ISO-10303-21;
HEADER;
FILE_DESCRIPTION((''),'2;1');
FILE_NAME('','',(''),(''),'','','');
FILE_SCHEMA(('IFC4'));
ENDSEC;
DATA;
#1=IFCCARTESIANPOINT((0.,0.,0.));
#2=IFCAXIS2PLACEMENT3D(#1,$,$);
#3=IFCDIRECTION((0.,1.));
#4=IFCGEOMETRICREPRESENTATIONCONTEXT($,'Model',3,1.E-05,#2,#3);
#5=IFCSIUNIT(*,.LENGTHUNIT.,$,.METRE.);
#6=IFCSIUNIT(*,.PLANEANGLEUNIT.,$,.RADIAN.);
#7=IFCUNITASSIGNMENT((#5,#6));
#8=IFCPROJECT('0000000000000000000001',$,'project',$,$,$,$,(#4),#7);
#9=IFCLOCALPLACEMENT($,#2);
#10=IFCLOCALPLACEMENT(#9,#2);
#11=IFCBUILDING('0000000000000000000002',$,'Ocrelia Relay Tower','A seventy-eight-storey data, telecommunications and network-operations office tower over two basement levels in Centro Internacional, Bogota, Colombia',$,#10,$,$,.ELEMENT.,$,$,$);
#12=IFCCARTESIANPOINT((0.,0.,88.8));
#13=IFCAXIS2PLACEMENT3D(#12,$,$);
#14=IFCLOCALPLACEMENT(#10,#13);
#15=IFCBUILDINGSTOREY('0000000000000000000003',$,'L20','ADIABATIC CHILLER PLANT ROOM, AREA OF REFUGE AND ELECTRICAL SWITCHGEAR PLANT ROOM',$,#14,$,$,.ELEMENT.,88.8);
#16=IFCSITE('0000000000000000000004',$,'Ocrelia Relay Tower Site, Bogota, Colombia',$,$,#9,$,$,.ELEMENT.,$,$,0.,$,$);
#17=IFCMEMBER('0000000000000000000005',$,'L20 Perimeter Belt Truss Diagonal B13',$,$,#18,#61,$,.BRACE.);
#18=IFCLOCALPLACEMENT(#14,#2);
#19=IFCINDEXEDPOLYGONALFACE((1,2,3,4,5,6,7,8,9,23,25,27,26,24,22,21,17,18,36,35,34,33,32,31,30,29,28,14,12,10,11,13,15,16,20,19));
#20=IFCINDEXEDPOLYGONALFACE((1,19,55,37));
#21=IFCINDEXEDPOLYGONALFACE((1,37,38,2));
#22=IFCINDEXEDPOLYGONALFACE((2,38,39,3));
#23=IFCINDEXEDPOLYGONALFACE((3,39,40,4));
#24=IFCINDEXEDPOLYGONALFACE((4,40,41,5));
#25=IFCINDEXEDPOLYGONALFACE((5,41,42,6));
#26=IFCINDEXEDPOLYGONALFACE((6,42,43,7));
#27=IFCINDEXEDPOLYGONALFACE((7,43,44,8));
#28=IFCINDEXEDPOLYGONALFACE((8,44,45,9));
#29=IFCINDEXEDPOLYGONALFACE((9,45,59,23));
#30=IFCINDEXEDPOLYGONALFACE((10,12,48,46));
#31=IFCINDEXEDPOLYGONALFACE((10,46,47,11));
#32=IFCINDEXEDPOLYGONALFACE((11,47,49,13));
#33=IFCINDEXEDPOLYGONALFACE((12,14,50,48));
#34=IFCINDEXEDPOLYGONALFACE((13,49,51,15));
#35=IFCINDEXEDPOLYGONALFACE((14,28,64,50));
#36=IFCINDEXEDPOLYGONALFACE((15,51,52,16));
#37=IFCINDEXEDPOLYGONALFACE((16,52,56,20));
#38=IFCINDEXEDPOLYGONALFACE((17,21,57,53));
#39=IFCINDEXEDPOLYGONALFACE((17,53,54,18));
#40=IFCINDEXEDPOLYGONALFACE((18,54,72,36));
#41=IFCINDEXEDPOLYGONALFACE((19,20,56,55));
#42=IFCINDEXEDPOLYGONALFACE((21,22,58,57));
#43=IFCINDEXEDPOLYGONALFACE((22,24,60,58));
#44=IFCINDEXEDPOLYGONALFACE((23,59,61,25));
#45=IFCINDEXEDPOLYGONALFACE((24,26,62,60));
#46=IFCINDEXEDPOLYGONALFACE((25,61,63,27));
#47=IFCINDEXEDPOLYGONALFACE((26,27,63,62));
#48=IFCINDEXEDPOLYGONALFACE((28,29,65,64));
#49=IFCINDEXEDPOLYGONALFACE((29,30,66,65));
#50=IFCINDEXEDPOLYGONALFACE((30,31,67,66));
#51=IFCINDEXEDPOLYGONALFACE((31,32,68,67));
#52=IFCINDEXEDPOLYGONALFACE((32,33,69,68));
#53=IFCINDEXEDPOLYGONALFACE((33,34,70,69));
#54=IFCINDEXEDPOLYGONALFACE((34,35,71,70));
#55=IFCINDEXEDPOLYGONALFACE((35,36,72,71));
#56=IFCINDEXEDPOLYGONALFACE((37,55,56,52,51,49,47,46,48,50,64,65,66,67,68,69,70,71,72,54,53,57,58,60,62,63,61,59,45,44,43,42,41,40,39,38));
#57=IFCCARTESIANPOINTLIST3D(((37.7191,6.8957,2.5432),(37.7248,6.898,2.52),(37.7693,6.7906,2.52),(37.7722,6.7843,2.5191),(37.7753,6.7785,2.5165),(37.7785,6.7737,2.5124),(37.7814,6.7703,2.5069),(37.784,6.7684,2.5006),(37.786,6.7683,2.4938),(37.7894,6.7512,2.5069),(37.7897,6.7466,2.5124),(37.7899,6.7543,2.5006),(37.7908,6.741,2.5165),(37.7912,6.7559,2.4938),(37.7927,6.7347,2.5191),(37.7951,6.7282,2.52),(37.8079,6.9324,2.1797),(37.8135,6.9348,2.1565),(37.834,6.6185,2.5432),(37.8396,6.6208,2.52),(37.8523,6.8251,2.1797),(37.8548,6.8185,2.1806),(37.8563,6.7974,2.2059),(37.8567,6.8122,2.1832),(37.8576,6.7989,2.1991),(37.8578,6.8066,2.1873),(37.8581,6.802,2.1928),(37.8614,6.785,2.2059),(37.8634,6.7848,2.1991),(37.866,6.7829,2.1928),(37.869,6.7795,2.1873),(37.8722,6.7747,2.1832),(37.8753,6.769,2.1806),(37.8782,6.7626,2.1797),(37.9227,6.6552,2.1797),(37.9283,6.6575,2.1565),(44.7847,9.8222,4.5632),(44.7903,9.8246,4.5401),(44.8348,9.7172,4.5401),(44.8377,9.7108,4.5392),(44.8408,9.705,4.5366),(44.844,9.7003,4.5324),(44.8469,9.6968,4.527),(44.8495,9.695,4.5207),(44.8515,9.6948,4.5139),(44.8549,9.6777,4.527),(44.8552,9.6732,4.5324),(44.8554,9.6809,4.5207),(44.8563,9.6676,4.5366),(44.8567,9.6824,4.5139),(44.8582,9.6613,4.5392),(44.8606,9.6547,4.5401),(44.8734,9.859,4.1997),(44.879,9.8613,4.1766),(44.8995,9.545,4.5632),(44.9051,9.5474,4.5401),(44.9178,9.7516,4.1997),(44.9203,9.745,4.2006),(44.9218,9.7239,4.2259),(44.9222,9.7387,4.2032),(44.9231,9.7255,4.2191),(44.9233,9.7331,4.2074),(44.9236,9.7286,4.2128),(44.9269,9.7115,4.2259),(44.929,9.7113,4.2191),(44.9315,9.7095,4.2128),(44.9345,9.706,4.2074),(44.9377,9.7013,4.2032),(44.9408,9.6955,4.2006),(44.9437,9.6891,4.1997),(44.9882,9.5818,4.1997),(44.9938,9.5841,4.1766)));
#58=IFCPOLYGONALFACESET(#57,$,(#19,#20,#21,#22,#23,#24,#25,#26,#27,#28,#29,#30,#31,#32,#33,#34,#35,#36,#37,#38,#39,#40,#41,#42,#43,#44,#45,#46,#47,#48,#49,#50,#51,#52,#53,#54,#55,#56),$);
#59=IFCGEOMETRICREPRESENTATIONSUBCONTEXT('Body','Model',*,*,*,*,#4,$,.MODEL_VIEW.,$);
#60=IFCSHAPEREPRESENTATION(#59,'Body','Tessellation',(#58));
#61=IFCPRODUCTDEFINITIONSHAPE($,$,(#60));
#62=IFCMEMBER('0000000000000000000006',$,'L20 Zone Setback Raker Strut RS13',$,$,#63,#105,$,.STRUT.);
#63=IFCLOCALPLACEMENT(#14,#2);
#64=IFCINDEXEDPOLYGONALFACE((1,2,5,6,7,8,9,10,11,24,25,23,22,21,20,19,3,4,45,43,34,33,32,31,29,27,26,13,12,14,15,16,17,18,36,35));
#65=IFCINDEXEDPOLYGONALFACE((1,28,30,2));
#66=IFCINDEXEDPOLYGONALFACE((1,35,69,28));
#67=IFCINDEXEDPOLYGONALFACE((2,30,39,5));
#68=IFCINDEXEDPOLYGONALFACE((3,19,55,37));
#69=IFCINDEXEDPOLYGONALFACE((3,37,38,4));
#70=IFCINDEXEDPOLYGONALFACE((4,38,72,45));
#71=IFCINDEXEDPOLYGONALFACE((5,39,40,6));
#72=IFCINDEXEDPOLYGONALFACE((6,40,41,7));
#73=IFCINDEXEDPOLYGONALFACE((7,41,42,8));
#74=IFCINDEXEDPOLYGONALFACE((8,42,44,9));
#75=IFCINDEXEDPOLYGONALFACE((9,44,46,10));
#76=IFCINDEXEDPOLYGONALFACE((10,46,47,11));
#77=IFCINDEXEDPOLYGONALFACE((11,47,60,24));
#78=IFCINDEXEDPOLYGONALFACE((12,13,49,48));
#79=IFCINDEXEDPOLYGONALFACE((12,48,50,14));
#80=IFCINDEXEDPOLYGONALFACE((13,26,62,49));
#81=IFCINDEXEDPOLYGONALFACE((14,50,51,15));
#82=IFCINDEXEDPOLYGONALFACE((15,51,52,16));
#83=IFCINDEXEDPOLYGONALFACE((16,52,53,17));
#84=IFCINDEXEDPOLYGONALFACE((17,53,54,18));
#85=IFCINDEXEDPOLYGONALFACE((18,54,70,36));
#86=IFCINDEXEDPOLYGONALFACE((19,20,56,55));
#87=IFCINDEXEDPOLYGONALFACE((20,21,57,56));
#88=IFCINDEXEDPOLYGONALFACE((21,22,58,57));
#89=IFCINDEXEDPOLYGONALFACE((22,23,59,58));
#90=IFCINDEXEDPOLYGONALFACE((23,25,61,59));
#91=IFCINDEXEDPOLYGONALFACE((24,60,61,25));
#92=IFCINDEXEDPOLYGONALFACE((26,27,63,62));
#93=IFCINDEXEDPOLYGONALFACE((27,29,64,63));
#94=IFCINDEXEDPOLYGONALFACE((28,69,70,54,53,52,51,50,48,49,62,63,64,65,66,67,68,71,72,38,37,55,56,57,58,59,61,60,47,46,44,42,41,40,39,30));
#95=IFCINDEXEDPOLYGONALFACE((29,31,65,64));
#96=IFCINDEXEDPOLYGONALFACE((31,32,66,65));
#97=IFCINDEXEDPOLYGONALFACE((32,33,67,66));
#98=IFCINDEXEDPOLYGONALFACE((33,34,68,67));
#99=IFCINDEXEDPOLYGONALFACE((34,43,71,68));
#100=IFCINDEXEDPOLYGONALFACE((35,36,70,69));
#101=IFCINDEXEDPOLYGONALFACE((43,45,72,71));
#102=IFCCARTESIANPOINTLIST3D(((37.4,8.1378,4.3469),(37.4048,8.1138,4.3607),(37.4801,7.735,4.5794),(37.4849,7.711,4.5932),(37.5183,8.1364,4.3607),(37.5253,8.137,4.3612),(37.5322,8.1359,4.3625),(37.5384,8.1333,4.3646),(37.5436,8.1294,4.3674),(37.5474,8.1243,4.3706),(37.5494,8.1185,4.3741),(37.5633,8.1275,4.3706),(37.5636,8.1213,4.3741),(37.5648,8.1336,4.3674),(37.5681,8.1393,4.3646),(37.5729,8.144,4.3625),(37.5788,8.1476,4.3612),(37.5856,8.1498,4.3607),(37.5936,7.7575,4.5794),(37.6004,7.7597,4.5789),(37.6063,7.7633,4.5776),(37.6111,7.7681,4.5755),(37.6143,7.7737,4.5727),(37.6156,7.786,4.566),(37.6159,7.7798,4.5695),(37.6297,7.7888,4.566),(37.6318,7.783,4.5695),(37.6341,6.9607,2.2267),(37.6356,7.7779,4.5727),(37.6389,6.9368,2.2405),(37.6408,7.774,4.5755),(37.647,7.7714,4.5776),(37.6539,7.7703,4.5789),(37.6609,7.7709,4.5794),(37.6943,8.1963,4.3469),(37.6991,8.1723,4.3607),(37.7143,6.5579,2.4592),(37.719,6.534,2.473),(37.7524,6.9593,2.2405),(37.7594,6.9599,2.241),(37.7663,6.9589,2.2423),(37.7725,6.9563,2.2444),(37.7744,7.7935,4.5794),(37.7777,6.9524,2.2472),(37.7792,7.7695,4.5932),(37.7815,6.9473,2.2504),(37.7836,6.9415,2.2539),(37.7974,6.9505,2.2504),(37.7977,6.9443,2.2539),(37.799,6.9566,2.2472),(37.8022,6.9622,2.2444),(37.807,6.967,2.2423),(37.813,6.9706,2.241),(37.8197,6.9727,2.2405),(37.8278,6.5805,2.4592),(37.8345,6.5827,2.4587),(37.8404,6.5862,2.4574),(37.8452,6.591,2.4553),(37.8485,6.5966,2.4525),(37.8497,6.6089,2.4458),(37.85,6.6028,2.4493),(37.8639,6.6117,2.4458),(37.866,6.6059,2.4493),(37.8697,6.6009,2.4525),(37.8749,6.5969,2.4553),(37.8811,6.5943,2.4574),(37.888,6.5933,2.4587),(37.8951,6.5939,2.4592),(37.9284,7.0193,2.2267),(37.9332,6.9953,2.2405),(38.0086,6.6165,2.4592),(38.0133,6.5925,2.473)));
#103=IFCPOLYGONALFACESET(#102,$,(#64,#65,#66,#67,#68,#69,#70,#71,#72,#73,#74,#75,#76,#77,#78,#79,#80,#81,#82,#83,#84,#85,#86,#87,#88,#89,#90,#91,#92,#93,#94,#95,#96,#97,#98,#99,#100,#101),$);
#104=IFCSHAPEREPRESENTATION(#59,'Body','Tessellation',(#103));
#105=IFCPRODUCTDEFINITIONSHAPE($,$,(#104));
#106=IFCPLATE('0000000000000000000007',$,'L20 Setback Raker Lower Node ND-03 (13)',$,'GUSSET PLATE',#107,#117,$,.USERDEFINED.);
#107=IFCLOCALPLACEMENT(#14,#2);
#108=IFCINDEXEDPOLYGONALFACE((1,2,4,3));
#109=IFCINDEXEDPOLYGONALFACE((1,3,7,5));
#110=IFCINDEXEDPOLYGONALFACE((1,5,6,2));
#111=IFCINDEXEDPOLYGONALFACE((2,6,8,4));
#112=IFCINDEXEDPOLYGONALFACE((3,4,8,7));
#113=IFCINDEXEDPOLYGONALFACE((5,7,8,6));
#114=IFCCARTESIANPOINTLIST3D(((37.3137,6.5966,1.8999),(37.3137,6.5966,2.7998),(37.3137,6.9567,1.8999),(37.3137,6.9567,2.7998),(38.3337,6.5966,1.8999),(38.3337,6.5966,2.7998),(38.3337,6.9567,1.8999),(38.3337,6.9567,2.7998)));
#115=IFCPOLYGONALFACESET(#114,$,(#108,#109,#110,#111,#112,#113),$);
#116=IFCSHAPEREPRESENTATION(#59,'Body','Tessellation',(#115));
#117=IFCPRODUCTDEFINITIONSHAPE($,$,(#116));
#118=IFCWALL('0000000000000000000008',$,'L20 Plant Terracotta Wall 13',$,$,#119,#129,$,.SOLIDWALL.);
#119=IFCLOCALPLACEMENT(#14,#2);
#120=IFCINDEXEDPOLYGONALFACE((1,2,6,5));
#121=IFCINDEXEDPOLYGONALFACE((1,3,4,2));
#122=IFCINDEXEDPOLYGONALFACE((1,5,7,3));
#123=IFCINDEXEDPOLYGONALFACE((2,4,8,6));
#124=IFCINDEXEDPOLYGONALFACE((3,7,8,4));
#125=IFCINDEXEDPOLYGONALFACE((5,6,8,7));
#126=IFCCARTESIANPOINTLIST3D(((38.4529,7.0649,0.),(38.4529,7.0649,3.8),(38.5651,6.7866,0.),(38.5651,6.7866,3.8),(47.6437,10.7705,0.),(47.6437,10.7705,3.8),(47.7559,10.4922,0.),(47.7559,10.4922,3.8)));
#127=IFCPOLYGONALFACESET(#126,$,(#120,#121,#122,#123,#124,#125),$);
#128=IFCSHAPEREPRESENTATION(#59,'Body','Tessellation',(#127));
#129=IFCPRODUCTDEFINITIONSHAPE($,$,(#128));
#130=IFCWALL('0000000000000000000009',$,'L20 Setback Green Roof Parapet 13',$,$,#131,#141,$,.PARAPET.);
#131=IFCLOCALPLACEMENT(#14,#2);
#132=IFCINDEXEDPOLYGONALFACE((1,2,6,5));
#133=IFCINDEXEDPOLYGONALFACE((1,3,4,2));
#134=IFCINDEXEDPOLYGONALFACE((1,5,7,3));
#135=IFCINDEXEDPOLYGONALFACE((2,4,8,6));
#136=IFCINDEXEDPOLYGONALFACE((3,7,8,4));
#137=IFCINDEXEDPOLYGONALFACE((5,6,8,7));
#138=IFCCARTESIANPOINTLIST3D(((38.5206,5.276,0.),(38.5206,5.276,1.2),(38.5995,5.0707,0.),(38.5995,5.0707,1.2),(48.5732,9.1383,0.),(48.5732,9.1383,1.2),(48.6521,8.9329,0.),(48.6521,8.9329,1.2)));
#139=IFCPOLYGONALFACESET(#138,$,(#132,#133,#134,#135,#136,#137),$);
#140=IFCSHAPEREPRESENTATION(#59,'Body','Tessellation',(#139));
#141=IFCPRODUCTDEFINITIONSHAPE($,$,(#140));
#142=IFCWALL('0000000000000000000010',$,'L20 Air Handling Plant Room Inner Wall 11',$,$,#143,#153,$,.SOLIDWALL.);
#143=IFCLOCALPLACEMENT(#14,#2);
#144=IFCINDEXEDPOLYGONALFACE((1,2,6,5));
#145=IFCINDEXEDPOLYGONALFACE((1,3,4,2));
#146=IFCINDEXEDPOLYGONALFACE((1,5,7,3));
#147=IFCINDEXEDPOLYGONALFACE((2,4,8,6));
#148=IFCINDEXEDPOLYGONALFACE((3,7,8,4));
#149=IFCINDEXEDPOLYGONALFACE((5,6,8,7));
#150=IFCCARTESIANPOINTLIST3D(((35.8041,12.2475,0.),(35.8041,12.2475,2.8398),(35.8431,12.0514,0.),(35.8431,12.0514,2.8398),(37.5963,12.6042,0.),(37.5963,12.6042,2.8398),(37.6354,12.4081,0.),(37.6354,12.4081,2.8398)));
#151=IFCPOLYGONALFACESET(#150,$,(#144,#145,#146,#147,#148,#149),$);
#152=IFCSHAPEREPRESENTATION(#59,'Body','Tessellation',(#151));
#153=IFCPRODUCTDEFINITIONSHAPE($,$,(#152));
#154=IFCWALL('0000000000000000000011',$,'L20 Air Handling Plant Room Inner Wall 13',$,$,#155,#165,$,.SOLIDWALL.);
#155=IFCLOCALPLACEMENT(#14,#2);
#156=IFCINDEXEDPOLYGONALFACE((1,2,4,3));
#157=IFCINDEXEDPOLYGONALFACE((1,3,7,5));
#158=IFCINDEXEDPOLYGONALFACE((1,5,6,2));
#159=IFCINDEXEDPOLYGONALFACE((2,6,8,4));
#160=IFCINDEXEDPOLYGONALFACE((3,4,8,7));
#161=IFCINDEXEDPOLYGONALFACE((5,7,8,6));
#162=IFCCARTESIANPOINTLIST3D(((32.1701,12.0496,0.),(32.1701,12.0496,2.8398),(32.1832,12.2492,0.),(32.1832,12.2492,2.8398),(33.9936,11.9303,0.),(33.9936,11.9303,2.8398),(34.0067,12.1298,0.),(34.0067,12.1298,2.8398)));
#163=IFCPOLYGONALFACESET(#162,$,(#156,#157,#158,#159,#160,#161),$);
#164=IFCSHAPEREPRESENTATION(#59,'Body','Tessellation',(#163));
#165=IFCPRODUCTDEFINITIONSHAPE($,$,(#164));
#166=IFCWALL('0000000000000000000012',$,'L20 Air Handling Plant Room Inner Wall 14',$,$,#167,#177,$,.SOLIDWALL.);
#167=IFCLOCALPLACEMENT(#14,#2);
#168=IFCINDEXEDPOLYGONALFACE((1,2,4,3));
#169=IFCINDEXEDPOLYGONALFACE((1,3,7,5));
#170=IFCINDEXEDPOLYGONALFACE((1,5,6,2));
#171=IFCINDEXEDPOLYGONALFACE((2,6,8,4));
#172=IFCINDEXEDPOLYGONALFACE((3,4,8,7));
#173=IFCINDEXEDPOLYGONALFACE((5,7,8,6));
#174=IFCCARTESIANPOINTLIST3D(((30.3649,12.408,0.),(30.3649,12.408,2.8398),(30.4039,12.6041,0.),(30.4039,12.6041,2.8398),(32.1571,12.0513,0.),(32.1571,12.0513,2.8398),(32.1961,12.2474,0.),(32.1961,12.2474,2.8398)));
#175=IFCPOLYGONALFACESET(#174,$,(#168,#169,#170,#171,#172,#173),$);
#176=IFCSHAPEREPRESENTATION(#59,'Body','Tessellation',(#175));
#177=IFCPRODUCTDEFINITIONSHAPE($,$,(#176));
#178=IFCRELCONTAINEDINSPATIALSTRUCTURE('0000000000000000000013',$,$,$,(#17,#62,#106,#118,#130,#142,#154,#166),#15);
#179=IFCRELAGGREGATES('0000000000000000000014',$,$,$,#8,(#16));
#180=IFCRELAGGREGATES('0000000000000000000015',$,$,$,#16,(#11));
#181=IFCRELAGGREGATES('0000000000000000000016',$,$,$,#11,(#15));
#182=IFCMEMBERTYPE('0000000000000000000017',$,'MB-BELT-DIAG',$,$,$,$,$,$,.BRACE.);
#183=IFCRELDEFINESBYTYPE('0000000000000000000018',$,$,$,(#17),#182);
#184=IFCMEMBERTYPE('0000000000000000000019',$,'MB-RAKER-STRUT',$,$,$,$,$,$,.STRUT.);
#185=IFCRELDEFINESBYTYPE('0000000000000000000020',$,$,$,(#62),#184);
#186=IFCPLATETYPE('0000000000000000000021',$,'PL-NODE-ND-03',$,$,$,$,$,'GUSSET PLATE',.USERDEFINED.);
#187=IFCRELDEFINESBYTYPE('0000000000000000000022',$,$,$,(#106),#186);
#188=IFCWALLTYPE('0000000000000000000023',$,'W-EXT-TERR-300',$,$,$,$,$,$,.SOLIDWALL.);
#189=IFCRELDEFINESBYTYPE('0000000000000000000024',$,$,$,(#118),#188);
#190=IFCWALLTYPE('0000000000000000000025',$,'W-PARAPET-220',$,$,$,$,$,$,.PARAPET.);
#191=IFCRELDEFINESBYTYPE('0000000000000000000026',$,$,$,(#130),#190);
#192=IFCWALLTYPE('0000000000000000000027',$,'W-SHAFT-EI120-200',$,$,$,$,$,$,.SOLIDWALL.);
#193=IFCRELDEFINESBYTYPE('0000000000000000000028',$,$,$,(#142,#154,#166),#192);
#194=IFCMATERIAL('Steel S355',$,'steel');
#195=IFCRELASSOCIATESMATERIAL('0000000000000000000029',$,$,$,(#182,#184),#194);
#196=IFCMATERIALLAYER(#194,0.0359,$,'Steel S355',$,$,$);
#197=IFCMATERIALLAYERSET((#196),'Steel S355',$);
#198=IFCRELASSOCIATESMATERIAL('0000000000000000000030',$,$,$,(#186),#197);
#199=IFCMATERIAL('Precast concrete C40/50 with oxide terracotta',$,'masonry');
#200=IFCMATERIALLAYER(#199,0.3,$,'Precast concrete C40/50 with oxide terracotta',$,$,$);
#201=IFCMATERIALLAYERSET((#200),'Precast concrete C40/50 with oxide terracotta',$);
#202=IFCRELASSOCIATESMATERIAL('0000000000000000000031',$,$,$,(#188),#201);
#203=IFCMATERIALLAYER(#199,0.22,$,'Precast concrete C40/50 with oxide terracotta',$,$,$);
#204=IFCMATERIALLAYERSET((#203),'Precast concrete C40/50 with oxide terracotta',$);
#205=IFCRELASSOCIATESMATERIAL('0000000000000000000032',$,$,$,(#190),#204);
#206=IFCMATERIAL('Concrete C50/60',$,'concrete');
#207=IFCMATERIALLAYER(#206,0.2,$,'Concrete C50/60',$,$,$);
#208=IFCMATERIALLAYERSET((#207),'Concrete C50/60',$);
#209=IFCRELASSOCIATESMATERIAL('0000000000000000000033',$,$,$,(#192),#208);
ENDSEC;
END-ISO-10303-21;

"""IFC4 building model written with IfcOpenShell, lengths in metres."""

from ifc_helpers import new_model, si_unit, direction, frame, frame_2d, origin, origin_2d, place, context, subcontext, project, spatial, rectangle, i_section, extrude, material, layer, layer_set, material_profile, profile_set, type_object, element, save


model = new_model("IFC4")

# Units and contexts
model_context = context("Model", 3, precision=1e-05, world=origin(), true_north=direction((0.0, 1.0)))
body_context = subcontext(model_context, "Body", "Model", "MODEL_VIEW")
ifc_project = project(units=[si_unit("LENGTHUNIT", "METRE"), si_unit("PLANEANGLEUNIT", "RADIAN")], contexts=[model_context])

# Site, building, storey
site_placement = place(None, origin())
site = spatial("IfcSite", under=ifc_project, at=site_placement, Name="Ocrelia Relay Tower Site, Bogota, Colombia", CompositionType="ELEMENT", RefElevation=0.0)
building_placement = place(site_placement, origin())
building = spatial("IfcBuilding", under=site, at=building_placement, Name="Ocrelia Relay Tower", Description="A seventy-eight-storey data, telecommunications and network-operations office tower over two basement levels in Centro Internacional, Bogota, Colombia", CompositionType="ELEMENT")
storey_placement = place(building_placement, frame((0.0, 0.0, 88.8)))
storey = spatial("IfcBuildingStorey", under=building, at=storey_placement, Name="L20", Description="ADIABATIC CHILLER PLANT ROOM, AREA OF REFUGE AND ELECTRICAL SWITCHGEAR PLANT ROOM", CompositionType="ELEMENT", Elevation=88.8)

# Shared definitions
ifc_material_1 = material(Name="Steel S355", Category="steel")

# Members
ifc_material_profile_1 = material_profile(ifc_material_1, i_section(OverallWidth=0.3, OverallDepth=0.3999, WebThickness=0.0134, FlangeThickness=0.0239, FilletRadius=0.0271, at=origin_2d()), Name="HEB 400")
ifc_profile_set_1 = profile_set([ifc_material_profile_1], Name="Steel S355")
member_type_1 = type_object("IfcMemberType", Name="MB-BELT-DIAG", PredefinedType="BRACE", material=ifc_profile_set_1)
member_1_placement = place(storey_placement, frame((37.8237, 6.7766, 2.3499), z_axis=(0.893248, 0.369985, 0.255381), x_axis=(-0.382674, 0.923883, 0.0)))
element("IfcMember", 1, at=member_1_placement, inside=storey, type_object=member_type_1, Name="L20 Perimeter Belt Truss Diagonal B13", PredefinedType="BRACE", context=body_context, shape_type="SweptSolid", body=[
    extrude(i_section(OverallWidth=0.3, OverallDepth=0.3999, WebThickness=0.0134, FlangeThickness=0.0239, FilletRadius=0.0271, at=origin_2d()), origin(), (0.0, 0.0, 1.0), 7.9099),
])
ifc_material_profile_2 = material_profile(ifc_material_1, i_section(OverallWidth=0.3, OverallDepth=0.5, WebThickness=0.0144, FlangeThickness=0.0281, FilletRadius=0.0271, at=origin_2d()), Name="HEB 500")
ifc_profile_set_2 = profile_set([ifc_material_profile_2], Name="Steel S355")
member_type_2 = type_object("IfcMemberType", Name="MB-RAKER-STRUT", PredefinedType="STRUT", material=ifc_profile_set_2)
member_2_placement = place(storey_placement, frame((37.8237, 6.7766, 2.3499), z_axis=(-0.096105, 0.483131, 0.870257), x_axis=(-0.980784, -0.195099, 0.0)))
element("IfcMember", 2, at=member_2_placement, inside=storey, type_object=member_type_2, Name="L20 Zone Setback Raker Strut RS13", PredefinedType="STRUT", context=body_context, shape_type="SweptSolid", body=[
    extrude(i_section(OverallWidth=0.3, OverallDepth=0.5, WebThickness=0.0144, FlangeThickness=0.0281, FilletRadius=0.0271, at=origin_2d()), origin(), (0.0, 0.0, 1.0), 2.4363),
])

# Plate
ifc_layer_1 = layer(ifc_material_1, 0.0359, Name="Steel S355")
ifc_layer_set_1 = layer_set([ifc_layer_1], Name="Steel S355")
plate_type = type_object("IfcPlateType", Name="PL-NODE-ND-03", ElementType="GUSSET PLATE", PredefinedType="USERDEFINED", material=ifc_layer_set_1)
plate_placement = place(storey_placement, frame((37.8237, 6.7766, 1.8999), z_axis=(0.0, 0.0, 1.0), x_axis=(1.0, 0.0, 0.0)))
element("IfcPlate", 3, at=plate_placement, inside=storey, type_object=plate_type, Name="L20 Setback Raker Lower Node ND-03 (13)", ObjectType="GUSSET PLATE", PredefinedType="USERDEFINED", context=body_context, shape_type="SweptSolid", body=[
    extrude(rectangle(XDim=1.02, YDim=0.3601, at=origin_2d()), origin(), (0.0, 0.0, 1.0), 0.8999),
])

# Walls
ifc_material_2 = material(Name="Precast concrete C40/50 with oxide terracotta", Category="masonry")
ifc_layer_2 = layer(ifc_material_2, 0.3, Name="Precast concrete C40/50 with oxide terracotta")
ifc_layer_set_2 = layer_set([ifc_layer_2], Name="Precast concrete C40/50 with oxide terracotta")
wall_type_1 = type_object("IfcWallType", Name="W-EXT-TERR-300", PredefinedType="SOLIDWALL", material=ifc_layer_set_2)
wall_1_placement = place(storey_placement, frame((38.509, 6.9258, 0.0), z_axis=(0.0, 0.0, 1.0), x_axis=(0.927454, 0.373938, 0.0)))
element("IfcWall", 4, at=wall_1_placement, inside=storey, type_object=wall_type_1, Name="L20 Plant Terracotta Wall 13", PredefinedType="SOLIDWALL", context=body_context, shape_type="SweptSolid", body=[
    extrude(rectangle(XDim=9.9097, YDim=0.3, at=frame_2d((4.9548, 0.0))), origin(), (0.0, 0.0, 1.0), 3.8),
])
ifc_layer_3 = layer(ifc_material_2, 0.22, Name="Precast concrete C40/50 with oxide terracotta")
ifc_layer_set_3 = layer_set([ifc_layer_3], Name="Precast concrete C40/50 with oxide terracotta")
wall_type_2 = type_object("IfcWallType", Name="W-PARAPET-220", PredefinedType="PARAPET", material=ifc_layer_set_3)
wall_2_placement = place(storey_placement, frame((38.5601, 5.1733, 0.0), z_axis=(0.0, 0.0, 1.0), x_axis=(0.933474, 0.358645, 0.0)))
element("IfcWall", 5, at=wall_2_placement, inside=storey, type_object=wall_type_2, Name="L20 Setback Green Roof Parapet 13", PredefinedType="PARAPET", context=body_context, shape_type="SweptSolid", body=[
    extrude(rectangle(XDim=10.769, YDim=0.22, at=frame_2d((5.3845, 0.0))), origin(), (0.0, 0.0, 1.0), 1.2),
])
ifc_material_3 = material(Name="Concrete C50/60", Category="concrete")
ifc_layer_4 = layer(ifc_material_3, 0.2, Name="Concrete C50/60")
ifc_layer_set_4 = layer_set([ifc_layer_4], Name="Concrete C50/60")
wall_type_3 = type_object("IfcWallType", Name="W-SHAFT-EI120-200", PredefinedType="SOLIDWALL", material=ifc_layer_set_4)
wall_3_placement = place(storey_placement, frame((37.6157, 12.5061, 0.0), z_axis=(0.0, 0.0, 1.0), x_axis=(-0.980765, -0.195191, 0.0)))
element("IfcWall", 6, at=wall_3_placement, inside=storey, type_object=wall_type_3, Name="L20 Air Handling Plant Room Inner Wall 11", PredefinedType="SOLIDWALL", context=body_context, shape_type="SweptSolid", body=[
    extrude(rectangle(XDim=1.8274, YDim=0.2, at=frame_2d((0.9136, 0.0))), origin(), (0.0, 0.0, 1.0), 2.8398),
])

# Walls
for number, where, z_axis, x_axis, name in (
    (7, (34.0, 12.03, 0.0), (0.0, 0.0, 1.0), (-0.997864, 0.065331, 0.0), "L20 Air Handling Plant Room Inner Wall 13"),
    (8, (32.1765, 12.1494, 0.0), (0.0, 0.0, 1.0), (-0.980765, 0.195191, 0.0), "L20 Air Handling Plant Room Inner Wall 14"),
):
    element("IfcWall", number, at=place(storey_placement, frame(where, z_axis=z_axis, x_axis=x_axis)), inside=storey, type_object=wall_type_3, Name=name, PredefinedType="SOLIDWALL", context=body_context, shape_type="SweptSolid", body=[
        extrude(rectangle(XDim=1.8274, YDim=0.2, at=frame_2d((0.9136, 0.0))), origin(), (0.0, 0.0, 1.0), 2.8398),
    ])

save(model, "model.ifc")
